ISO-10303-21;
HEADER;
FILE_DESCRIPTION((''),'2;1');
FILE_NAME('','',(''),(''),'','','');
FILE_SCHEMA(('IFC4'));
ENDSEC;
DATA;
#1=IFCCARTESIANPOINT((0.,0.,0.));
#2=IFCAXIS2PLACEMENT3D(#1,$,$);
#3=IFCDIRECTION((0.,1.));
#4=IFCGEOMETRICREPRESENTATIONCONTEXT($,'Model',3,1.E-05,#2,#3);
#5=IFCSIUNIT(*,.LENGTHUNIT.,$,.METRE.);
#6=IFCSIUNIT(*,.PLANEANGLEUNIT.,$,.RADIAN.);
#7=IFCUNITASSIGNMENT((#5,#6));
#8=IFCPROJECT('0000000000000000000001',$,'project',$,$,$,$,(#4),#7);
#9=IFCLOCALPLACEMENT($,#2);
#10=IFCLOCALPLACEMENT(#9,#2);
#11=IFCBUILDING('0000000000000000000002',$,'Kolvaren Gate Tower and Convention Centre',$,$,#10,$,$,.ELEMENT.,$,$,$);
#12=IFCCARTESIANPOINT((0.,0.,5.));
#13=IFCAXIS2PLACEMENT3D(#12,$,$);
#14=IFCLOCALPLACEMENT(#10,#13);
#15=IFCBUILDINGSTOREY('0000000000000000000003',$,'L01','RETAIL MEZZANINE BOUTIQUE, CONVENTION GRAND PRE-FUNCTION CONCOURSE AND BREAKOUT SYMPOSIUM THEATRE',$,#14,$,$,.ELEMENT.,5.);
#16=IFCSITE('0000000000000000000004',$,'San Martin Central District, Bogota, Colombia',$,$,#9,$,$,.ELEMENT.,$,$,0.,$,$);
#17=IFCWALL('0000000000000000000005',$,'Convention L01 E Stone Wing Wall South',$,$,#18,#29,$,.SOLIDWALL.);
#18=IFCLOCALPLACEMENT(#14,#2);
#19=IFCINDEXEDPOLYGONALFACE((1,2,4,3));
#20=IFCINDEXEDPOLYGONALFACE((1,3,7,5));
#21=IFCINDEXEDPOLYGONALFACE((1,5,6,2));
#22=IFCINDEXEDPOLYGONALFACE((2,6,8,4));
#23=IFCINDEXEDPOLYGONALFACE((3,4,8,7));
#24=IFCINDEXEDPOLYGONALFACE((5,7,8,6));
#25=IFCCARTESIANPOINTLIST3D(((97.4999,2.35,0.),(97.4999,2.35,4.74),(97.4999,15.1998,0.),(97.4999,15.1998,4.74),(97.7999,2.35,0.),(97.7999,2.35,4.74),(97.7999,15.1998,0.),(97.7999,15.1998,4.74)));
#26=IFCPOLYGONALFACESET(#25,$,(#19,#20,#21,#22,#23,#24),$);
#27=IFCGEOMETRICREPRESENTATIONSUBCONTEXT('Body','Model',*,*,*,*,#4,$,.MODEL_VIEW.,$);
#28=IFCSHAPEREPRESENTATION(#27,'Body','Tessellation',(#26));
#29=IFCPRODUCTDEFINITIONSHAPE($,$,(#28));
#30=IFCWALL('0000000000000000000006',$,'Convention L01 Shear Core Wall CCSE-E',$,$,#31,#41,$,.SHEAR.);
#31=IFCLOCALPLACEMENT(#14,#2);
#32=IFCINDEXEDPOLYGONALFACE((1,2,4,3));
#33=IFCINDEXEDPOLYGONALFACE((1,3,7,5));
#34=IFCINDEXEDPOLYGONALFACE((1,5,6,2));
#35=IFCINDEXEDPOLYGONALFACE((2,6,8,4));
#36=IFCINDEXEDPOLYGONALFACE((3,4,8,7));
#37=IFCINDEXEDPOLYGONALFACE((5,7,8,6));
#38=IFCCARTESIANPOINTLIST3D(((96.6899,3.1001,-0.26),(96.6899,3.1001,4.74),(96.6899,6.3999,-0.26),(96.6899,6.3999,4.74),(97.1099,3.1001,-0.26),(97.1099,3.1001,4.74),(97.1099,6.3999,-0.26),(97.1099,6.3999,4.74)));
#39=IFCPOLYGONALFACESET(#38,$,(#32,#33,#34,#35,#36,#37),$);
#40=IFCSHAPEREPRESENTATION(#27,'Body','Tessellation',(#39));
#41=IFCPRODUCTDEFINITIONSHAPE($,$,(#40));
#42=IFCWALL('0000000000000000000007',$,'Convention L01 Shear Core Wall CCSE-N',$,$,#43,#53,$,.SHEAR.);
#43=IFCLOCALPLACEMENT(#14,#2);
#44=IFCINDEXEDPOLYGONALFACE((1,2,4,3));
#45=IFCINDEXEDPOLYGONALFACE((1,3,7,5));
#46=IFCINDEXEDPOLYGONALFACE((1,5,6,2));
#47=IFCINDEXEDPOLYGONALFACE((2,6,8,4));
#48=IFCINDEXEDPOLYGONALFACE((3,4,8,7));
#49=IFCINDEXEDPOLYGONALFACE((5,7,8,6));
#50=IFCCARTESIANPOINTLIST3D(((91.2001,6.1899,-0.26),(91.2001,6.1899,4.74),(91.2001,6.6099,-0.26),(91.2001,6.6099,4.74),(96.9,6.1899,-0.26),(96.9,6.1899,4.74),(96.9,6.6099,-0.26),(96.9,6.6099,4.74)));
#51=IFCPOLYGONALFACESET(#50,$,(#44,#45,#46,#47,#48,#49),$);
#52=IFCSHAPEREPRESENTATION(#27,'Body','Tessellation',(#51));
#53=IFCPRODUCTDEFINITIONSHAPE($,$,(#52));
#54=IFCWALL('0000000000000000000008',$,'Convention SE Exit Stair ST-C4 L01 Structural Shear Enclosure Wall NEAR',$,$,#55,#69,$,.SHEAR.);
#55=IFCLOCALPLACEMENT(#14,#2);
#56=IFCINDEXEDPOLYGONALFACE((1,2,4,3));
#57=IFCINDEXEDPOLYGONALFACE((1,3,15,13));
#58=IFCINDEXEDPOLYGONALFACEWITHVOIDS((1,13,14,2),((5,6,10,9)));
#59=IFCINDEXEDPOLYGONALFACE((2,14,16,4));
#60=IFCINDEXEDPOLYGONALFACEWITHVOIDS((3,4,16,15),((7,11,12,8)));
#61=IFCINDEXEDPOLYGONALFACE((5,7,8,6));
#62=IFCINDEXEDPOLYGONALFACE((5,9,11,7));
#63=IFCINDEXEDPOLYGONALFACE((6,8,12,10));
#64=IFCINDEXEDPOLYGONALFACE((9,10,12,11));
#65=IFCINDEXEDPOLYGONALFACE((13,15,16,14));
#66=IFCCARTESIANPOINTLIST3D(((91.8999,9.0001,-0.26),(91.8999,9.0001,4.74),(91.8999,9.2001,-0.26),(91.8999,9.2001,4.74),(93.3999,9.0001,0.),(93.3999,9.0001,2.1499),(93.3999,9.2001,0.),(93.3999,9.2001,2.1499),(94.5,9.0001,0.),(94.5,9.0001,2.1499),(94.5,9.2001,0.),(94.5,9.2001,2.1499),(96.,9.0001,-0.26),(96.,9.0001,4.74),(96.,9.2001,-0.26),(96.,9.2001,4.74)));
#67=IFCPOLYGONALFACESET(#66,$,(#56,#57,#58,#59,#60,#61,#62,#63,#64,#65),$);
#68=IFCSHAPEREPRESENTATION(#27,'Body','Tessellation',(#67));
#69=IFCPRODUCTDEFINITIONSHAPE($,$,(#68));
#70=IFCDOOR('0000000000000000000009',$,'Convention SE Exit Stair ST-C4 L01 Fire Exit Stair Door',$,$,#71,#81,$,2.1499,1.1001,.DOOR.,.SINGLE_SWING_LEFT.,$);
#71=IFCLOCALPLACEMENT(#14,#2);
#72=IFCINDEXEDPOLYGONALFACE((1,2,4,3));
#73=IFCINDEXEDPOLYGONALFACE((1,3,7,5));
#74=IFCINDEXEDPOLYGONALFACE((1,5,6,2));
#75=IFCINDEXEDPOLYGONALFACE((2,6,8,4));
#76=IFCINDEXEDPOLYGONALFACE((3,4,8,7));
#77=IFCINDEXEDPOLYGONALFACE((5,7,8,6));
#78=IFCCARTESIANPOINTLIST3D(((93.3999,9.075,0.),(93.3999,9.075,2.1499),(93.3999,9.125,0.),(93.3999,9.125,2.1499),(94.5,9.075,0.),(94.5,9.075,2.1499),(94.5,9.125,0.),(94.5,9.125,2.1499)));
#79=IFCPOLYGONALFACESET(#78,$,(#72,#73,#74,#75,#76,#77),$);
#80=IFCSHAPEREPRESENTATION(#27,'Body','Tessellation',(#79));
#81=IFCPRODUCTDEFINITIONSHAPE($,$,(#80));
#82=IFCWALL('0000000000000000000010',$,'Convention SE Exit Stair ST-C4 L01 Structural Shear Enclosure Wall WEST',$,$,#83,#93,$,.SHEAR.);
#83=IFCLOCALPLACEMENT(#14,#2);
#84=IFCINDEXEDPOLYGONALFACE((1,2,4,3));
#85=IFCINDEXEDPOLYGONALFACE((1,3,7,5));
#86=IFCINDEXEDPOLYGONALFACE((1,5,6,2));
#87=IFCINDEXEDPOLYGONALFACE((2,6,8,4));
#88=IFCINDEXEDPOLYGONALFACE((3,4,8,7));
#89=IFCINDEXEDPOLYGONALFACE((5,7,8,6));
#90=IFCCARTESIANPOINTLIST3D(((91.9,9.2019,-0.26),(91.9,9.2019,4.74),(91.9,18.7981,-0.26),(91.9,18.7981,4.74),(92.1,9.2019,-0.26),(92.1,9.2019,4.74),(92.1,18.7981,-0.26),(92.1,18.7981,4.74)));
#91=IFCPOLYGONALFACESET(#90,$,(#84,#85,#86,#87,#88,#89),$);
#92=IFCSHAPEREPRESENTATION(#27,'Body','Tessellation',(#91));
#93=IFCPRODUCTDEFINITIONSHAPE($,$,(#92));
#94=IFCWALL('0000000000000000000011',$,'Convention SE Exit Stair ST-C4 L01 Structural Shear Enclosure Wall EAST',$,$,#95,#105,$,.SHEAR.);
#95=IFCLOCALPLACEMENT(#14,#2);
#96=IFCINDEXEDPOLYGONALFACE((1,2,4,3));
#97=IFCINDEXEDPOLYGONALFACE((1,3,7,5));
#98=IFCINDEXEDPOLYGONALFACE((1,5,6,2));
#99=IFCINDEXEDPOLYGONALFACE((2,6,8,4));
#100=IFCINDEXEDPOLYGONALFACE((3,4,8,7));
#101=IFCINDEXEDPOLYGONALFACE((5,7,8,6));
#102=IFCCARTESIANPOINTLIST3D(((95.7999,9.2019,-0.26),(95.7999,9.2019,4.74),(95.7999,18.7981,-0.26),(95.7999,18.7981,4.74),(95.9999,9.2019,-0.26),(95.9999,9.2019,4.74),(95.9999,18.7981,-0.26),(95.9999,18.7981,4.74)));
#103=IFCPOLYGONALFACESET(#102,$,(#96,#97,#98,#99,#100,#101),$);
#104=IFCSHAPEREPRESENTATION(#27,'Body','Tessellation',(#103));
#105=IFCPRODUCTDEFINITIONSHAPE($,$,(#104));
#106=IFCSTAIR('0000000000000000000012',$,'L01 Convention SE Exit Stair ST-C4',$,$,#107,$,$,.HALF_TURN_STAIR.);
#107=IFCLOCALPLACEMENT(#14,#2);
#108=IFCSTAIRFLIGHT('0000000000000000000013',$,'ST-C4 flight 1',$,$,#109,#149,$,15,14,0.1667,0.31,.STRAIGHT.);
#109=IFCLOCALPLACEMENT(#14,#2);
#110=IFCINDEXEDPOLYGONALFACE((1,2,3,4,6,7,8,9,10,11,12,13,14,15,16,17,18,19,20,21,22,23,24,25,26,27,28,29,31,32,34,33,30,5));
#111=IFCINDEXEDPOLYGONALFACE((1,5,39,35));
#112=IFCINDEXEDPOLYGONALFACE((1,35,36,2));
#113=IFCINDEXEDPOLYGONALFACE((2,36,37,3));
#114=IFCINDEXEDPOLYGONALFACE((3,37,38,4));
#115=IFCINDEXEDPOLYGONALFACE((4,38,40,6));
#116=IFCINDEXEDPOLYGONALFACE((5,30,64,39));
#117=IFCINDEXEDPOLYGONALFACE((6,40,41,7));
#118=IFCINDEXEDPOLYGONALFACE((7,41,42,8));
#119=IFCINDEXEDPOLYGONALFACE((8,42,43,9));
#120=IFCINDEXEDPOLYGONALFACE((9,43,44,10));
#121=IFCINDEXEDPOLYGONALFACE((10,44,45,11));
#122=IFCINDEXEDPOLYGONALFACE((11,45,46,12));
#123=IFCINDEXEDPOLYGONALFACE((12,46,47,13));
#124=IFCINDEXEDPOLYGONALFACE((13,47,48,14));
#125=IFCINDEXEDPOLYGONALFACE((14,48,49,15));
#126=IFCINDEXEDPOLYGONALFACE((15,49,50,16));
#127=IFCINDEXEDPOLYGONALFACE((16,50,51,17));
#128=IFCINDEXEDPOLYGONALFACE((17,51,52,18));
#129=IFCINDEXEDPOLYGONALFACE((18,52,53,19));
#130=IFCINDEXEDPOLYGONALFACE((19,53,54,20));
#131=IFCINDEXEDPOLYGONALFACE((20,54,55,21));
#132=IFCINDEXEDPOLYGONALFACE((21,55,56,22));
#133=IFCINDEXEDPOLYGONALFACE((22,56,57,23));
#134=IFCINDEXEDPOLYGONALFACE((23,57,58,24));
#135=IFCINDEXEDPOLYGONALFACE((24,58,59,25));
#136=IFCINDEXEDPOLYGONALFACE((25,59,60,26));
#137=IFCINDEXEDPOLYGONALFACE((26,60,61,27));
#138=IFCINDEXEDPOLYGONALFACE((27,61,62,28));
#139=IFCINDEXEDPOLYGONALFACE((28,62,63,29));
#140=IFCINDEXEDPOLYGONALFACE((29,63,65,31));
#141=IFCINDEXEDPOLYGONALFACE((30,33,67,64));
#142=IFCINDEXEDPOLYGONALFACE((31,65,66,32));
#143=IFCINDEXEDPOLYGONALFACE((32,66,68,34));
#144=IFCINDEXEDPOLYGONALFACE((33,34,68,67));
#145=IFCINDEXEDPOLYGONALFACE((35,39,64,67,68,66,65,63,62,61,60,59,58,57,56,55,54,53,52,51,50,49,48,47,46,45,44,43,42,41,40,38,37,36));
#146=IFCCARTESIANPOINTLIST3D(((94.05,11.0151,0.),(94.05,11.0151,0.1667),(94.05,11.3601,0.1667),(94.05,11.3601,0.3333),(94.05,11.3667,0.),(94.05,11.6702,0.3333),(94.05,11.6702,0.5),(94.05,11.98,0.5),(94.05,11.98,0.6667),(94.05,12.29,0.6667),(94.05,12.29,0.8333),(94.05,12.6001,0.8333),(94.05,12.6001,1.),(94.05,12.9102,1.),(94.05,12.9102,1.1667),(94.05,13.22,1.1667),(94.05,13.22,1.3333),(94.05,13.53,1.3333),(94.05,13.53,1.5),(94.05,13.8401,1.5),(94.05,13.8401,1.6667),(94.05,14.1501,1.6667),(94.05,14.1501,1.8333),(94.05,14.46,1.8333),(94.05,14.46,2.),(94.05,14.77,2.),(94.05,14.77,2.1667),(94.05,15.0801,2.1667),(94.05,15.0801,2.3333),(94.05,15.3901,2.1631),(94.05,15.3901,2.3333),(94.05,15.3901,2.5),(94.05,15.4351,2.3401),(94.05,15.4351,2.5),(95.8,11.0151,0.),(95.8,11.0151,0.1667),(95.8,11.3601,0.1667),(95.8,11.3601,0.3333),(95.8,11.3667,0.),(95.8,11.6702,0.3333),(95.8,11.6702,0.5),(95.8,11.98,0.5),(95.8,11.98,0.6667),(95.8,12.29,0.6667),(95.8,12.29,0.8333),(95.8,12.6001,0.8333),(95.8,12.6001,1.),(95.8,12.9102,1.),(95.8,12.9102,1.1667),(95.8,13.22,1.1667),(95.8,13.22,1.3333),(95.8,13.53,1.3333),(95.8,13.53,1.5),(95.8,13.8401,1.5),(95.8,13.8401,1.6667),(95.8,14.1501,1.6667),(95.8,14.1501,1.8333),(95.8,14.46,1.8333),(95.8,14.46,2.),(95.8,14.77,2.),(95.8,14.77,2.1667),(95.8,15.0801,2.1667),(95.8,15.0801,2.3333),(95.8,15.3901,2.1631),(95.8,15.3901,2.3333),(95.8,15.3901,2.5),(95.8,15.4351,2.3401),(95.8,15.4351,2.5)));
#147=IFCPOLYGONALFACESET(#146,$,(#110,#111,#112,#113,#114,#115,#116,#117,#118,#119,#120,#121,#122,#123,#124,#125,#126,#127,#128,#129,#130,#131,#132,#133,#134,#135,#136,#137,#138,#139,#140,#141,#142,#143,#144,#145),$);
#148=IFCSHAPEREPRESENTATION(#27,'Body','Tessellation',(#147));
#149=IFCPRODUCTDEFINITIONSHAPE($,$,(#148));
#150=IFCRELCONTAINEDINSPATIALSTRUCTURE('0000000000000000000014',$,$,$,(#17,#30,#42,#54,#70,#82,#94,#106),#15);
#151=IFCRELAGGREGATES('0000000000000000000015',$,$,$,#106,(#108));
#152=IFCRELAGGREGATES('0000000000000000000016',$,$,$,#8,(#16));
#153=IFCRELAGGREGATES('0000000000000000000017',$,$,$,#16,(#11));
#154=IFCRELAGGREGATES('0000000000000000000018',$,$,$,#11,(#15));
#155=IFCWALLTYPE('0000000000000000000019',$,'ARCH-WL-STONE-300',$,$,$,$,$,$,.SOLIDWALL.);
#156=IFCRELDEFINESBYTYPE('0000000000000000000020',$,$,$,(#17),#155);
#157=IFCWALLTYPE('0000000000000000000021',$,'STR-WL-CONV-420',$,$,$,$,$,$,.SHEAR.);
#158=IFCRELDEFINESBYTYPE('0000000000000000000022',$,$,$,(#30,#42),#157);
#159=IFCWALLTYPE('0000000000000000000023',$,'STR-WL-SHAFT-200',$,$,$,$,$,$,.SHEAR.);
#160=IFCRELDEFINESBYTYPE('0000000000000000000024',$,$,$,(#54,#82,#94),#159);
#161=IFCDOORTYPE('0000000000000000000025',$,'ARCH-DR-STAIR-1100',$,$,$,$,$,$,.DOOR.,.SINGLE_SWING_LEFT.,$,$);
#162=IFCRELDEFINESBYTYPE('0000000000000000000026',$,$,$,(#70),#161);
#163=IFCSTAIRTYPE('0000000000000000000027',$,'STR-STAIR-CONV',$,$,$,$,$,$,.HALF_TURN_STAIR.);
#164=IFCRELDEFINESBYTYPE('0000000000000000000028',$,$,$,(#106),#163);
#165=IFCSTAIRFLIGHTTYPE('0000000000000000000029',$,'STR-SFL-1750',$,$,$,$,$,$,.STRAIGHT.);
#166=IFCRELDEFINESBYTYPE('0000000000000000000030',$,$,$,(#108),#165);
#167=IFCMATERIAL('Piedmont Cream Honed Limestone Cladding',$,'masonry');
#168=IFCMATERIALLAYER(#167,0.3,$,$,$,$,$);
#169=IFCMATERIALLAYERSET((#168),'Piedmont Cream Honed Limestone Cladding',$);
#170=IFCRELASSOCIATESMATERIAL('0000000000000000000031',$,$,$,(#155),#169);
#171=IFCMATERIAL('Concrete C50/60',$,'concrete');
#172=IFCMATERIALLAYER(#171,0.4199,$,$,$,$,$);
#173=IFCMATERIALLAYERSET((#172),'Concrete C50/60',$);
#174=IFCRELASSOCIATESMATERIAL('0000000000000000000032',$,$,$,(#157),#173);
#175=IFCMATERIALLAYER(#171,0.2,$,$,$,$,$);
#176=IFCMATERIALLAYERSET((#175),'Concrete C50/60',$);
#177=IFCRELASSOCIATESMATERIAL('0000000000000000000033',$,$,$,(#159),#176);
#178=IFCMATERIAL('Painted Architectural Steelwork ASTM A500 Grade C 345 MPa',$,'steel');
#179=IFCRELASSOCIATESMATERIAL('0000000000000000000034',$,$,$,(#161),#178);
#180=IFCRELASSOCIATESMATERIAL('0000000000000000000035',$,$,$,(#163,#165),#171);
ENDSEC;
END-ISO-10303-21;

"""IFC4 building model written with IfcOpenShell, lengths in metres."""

from ifc_helpers import new_model, si_unit, direction, frame, frame_2d, origin, place, context, subcontext, project, spatial, polyline, rectangle, outline, extrude, material, layer, layer_set, type_object, element, fill, aggregate, save


model = new_model("IFC4")

# Units and contexts
model_context = context("Model", 3, precision=1e-05, world=origin(), true_north=direction((0.0, 1.0)))
body_context = subcontext(model_context, "Body", "Model", "MODEL_VIEW")
ifc_project = project(units=[si_unit("LENGTHUNIT", "METRE"), si_unit("PLANEANGLEUNIT", "RADIAN")], contexts=[model_context])

# Site, building, storey
site_placement = place(None, origin())
site = spatial("IfcSite", under=ifc_project, at=site_placement, Name="San Martin Central District, Bogota, Colombia", CompositionType="ELEMENT", RefElevation=0.0)
building_placement = place(site_placement, origin())
building = spatial("IfcBuilding", under=site, at=building_placement, Name="Kolvaren Gate Tower and Convention Centre", CompositionType="ELEMENT")
storey_placement = place(building_placement, frame((0.0, 0.0, 5.0)))
storey = spatial("IfcBuildingStorey", under=building, at=storey_placement, Name="L01", Description="RETAIL MEZZANINE BOUTIQUE, CONVENTION GRAND PRE-FUNCTION CONCOURSE AND BREAKOUT SYMPOSIUM THEATRE", CompositionType="ELEMENT", Elevation=5.0)

# Walls
ifc_material_1 = material(Name="Piedmont Cream Honed Limestone Cladding", Category="masonry")
ifc_layer_1 = layer(ifc_material_1, 0.3)
ifc_layer_set_1 = layer_set([ifc_layer_1], Name="Piedmont Cream Honed Limestone Cladding")
wall_type_1 = type_object("IfcWallType", Name="ARCH-WL-STONE-300", PredefinedType="SOLIDWALL", material=ifc_layer_set_1)
wall_1_placement = place(storey_placement, frame((97.6499, 2.3501, 0.0), z_axis=(0.0, 0.0, 1.0), x_axis=(0.0, 1.0, 0.0)))
element("IfcWall", 1, at=wall_1_placement, inside=storey, type_object=wall_type_1, Name="Convention L01 E Stone Wing Wall South", PredefinedType="SOLIDWALL", context=body_context, shape_type="SweptSolid", body=[
    extrude(rectangle(XDim=12.8499, YDim=0.3, at=frame_2d((6.4248, 0.0))), origin(), (0.0, 0.0, 1.0), 4.74),
])
ifc_material_2 = material(Name="Concrete C50/60", Category="concrete")
ifc_layer_2 = layer(ifc_material_2, 0.4199)
ifc_layer_set_2 = layer_set([ifc_layer_2], Name="Concrete C50/60")
wall_type_2 = type_object("IfcWallType", Name="STR-WL-CONV-420", PredefinedType="SHEAR", material=ifc_layer_set_2)
wall_2_placement = place(storey_placement, frame((96.8999, 3.1001, -0.26), z_axis=(0.0, 0.0, 1.0), x_axis=(0.0, 1.0, 0.0)))
element("IfcWall", 2, at=wall_2_placement, inside=storey, type_object=wall_type_2, Name="Convention L01 Shear Core Wall CCSE-E", PredefinedType="SHEAR", context=body_context, shape_type="SweptSolid", body=[
    extrude(rectangle(XDim=3.2998, YDim=0.4199, at=frame_2d((1.6499, 0.0))), origin(), (0.0, 0.0, 1.0), 5.0),
])
wall_3_placement = place(storey_placement, frame((91.2, 6.3999, -0.26), z_axis=(0.0, 0.0, 1.0), x_axis=(1.0, 0.0, 0.0)))
element("IfcWall", 3, at=wall_3_placement, inside=storey, type_object=wall_type_2, Name="Convention L01 Shear Core Wall CCSE-N", PredefinedType="SHEAR", context=body_context, shape_type="SweptSolid", body=[
    extrude(rectangle(XDim=5.7, YDim=0.4199, at=frame_2d((2.8501, 0.0))), origin(), (0.0, 0.0, 1.0), 5.0),
])

# Wall, opening, door
ifc_layer_3 = layer(ifc_material_2, 0.2)
ifc_layer_set_3 = layer_set([ifc_layer_3], Name="Concrete C50/60")
wall_type_3 = type_object("IfcWallType", Name="STR-WL-SHAFT-200", PredefinedType="SHEAR", material=ifc_layer_set_3)
wall_4_placement = place(storey_placement, frame((91.8999, 9.1001, -0.26), z_axis=(0.0, 0.0, 1.0), x_axis=(1.0, 0.0, 0.0)))
wall_4 = element("IfcWall", 4, at=wall_4_placement, inside=storey, type_object=wall_type_3, Name="Convention SE Exit Stair ST-C4 L01 Structural Shear Enclosure Wall NEAR", PredefinedType="SHEAR", context=body_context, shape_type="SweptSolid", body=[
    extrude(rectangle(XDim=4.1001, YDim=0.2, at=frame_2d((2.05, 0.0))), origin(), (0.0, 0.0, 1.0), 5.0),
])
opening_placement = place(wall_4_placement, frame((1.5, 0.0, 0.26)))
opening = element("IfcOpeningElement", 5, at=opening_placement, cuts=wall_4, PredefinedType="OPENING", context=body_context, shape_type="SweptSolid", body=[
    extrude(rectangle(XDim=1.1001, YDim=2.1499, at=frame_2d((0.55, 1.075))), frame((0.0, 0.1099, 0.0), z_axis=(0.0, -1.0, 0.0), x_axis=(1.0, 0.0, 0.0)), (0.0, 0.0, 1.0), 0.22),
])
ifc_material_3 = material(Name="Painted Architectural Steelwork ASTM A500 Grade C 345 MPa", Category="steel")
door_type = type_object("IfcDoorType", Name="ARCH-DR-STAIR-1100", OperationType="SINGLE_SWING_LEFT", PredefinedType="DOOR", material=ifc_material_3)
door_placement = place(opening_placement, origin())
door = element("IfcDoor", 6, at=door_placement, inside=storey, type_object=door_type, Name="Convention SE Exit Stair ST-C4 L01 Fire Exit Stair Door", OperationType="SINGLE_SWING_LEFT", OverallHeight=2.1499, OverallWidth=1.1001, PredefinedType="DOOR", context=body_context, shape_type="SweptSolid", body=[
    extrude(rectangle(XDim=1.1001, YDim=2.1499, at=frame_2d((0.55, 1.075))), frame((0.0, 0.0249, 0.0), z_axis=(0.0, -1.0, 0.0), x_axis=(1.0, 0.0, 0.0)), (0.0, 0.0, 1.0), 0.05),
])
fill(opening, door)

# Walls
for number, where, z_axis, x_axis, name in (
    (7, (92.0, 9.2019, -0.26), (0.0, 0.0, 1.0), (0.0, 1.0, 0.0), "Convention SE Exit Stair ST-C4 L01 Structural Shear Enclosure Wall WEST"),
    (8, (95.8999, 9.2019, -0.26), (0.0, 0.0, 1.0), (0.0, 1.0, 0.0), "Convention SE Exit Stair ST-C4 L01 Structural Shear Enclosure Wall EAST"),
):
    element("IfcWall", number, at=place(storey_placement, frame(where, z_axis=z_axis, x_axis=x_axis)), inside=storey, type_object=wall_type_3, Name=name, PredefinedType="SHEAR", context=body_context, shape_type="SweptSolid", body=[
        extrude(rectangle(XDim=9.5962, YDim=0.2, at=frame_2d((4.7981, 0.0))), origin(), (0.0, 0.0, 1.0), 5.0),
    ])

# Stair, stair flight
stair_type = type_object("IfcStairType", Name="STR-STAIR-CONV", PredefinedType="HALF_TURN_STAIR", material=ifc_material_2)
stair_placement = place(storey_placement, origin())
stair = element("IfcStair", 9, at=stair_placement, inside=storey, type_object=stair_type, Name="L01 Convention SE Exit Stair ST-C4", PredefinedType="HALF_TURN_STAIR")
stair_flight_type = type_object("IfcStairFlightType", Name="STR-SFL-1750", PredefinedType="STRAIGHT", material=ifc_material_2)
stair_flight_placement = place(storey_placement, frame((94.925, 11.05, 0.0), z_axis=(0.0, 0.0, 1.0), x_axis=(0.0, 1.0, 0.0)))
stair_flight = element("IfcStairFlight", 10, at=stair_flight_placement, type_object=stair_flight_type, Name="ST-C4 flight 1", NumberOfRisers=15, NumberOfTreads=14, PredefinedType="STRAIGHT", RiserHeight=0.1667, TreadLength=0.31, context=body_context, shape_type="SweptSolid", body=[
    extrude(outline(polyline([(-0.0349, 0.0), (-0.0349, 0.1667), (0.3101, 0.1667), (0.3101, 0.3333), (0.6201, 0.3333), (0.6201, 0.5), (0.9299, 0.5), (0.9299, 0.6667), (1.24, 0.6667), (1.24, 0.8333), (1.55, 0.8333), (1.55, 1.0), (1.8601, 1.0), (1.8601, 1.1667), (2.1699, 1.1667), (2.1699, 1.3333), (2.48, 1.3333), (2.48, 1.5), (2.79, 1.5), (2.79, 1.6667), (3.1001, 1.6667), (3.1001, 1.8333), (3.4099, 1.8333), (3.4099, 2.0), (3.72, 2.0), (3.72, 2.1667), (4.03, 2.1667), (4.03, 2.3333), (4.3401, 2.3333), (4.3401, 2.5), (4.385, 2.5), (4.385, 2.3401), (4.3401, 2.1631), (0.3167, 0.0), (-0.0349, 0.0)])), frame((0.0, 0.875, 0.0), z_axis=(0.0, -1.0, 0.0), x_axis=(1.0, 0.0, 0.0)), (0.0, 0.0, 1.0), 1.75),
])
aggregate(stair, [stair_flight])

save(model, "model.ifc")
